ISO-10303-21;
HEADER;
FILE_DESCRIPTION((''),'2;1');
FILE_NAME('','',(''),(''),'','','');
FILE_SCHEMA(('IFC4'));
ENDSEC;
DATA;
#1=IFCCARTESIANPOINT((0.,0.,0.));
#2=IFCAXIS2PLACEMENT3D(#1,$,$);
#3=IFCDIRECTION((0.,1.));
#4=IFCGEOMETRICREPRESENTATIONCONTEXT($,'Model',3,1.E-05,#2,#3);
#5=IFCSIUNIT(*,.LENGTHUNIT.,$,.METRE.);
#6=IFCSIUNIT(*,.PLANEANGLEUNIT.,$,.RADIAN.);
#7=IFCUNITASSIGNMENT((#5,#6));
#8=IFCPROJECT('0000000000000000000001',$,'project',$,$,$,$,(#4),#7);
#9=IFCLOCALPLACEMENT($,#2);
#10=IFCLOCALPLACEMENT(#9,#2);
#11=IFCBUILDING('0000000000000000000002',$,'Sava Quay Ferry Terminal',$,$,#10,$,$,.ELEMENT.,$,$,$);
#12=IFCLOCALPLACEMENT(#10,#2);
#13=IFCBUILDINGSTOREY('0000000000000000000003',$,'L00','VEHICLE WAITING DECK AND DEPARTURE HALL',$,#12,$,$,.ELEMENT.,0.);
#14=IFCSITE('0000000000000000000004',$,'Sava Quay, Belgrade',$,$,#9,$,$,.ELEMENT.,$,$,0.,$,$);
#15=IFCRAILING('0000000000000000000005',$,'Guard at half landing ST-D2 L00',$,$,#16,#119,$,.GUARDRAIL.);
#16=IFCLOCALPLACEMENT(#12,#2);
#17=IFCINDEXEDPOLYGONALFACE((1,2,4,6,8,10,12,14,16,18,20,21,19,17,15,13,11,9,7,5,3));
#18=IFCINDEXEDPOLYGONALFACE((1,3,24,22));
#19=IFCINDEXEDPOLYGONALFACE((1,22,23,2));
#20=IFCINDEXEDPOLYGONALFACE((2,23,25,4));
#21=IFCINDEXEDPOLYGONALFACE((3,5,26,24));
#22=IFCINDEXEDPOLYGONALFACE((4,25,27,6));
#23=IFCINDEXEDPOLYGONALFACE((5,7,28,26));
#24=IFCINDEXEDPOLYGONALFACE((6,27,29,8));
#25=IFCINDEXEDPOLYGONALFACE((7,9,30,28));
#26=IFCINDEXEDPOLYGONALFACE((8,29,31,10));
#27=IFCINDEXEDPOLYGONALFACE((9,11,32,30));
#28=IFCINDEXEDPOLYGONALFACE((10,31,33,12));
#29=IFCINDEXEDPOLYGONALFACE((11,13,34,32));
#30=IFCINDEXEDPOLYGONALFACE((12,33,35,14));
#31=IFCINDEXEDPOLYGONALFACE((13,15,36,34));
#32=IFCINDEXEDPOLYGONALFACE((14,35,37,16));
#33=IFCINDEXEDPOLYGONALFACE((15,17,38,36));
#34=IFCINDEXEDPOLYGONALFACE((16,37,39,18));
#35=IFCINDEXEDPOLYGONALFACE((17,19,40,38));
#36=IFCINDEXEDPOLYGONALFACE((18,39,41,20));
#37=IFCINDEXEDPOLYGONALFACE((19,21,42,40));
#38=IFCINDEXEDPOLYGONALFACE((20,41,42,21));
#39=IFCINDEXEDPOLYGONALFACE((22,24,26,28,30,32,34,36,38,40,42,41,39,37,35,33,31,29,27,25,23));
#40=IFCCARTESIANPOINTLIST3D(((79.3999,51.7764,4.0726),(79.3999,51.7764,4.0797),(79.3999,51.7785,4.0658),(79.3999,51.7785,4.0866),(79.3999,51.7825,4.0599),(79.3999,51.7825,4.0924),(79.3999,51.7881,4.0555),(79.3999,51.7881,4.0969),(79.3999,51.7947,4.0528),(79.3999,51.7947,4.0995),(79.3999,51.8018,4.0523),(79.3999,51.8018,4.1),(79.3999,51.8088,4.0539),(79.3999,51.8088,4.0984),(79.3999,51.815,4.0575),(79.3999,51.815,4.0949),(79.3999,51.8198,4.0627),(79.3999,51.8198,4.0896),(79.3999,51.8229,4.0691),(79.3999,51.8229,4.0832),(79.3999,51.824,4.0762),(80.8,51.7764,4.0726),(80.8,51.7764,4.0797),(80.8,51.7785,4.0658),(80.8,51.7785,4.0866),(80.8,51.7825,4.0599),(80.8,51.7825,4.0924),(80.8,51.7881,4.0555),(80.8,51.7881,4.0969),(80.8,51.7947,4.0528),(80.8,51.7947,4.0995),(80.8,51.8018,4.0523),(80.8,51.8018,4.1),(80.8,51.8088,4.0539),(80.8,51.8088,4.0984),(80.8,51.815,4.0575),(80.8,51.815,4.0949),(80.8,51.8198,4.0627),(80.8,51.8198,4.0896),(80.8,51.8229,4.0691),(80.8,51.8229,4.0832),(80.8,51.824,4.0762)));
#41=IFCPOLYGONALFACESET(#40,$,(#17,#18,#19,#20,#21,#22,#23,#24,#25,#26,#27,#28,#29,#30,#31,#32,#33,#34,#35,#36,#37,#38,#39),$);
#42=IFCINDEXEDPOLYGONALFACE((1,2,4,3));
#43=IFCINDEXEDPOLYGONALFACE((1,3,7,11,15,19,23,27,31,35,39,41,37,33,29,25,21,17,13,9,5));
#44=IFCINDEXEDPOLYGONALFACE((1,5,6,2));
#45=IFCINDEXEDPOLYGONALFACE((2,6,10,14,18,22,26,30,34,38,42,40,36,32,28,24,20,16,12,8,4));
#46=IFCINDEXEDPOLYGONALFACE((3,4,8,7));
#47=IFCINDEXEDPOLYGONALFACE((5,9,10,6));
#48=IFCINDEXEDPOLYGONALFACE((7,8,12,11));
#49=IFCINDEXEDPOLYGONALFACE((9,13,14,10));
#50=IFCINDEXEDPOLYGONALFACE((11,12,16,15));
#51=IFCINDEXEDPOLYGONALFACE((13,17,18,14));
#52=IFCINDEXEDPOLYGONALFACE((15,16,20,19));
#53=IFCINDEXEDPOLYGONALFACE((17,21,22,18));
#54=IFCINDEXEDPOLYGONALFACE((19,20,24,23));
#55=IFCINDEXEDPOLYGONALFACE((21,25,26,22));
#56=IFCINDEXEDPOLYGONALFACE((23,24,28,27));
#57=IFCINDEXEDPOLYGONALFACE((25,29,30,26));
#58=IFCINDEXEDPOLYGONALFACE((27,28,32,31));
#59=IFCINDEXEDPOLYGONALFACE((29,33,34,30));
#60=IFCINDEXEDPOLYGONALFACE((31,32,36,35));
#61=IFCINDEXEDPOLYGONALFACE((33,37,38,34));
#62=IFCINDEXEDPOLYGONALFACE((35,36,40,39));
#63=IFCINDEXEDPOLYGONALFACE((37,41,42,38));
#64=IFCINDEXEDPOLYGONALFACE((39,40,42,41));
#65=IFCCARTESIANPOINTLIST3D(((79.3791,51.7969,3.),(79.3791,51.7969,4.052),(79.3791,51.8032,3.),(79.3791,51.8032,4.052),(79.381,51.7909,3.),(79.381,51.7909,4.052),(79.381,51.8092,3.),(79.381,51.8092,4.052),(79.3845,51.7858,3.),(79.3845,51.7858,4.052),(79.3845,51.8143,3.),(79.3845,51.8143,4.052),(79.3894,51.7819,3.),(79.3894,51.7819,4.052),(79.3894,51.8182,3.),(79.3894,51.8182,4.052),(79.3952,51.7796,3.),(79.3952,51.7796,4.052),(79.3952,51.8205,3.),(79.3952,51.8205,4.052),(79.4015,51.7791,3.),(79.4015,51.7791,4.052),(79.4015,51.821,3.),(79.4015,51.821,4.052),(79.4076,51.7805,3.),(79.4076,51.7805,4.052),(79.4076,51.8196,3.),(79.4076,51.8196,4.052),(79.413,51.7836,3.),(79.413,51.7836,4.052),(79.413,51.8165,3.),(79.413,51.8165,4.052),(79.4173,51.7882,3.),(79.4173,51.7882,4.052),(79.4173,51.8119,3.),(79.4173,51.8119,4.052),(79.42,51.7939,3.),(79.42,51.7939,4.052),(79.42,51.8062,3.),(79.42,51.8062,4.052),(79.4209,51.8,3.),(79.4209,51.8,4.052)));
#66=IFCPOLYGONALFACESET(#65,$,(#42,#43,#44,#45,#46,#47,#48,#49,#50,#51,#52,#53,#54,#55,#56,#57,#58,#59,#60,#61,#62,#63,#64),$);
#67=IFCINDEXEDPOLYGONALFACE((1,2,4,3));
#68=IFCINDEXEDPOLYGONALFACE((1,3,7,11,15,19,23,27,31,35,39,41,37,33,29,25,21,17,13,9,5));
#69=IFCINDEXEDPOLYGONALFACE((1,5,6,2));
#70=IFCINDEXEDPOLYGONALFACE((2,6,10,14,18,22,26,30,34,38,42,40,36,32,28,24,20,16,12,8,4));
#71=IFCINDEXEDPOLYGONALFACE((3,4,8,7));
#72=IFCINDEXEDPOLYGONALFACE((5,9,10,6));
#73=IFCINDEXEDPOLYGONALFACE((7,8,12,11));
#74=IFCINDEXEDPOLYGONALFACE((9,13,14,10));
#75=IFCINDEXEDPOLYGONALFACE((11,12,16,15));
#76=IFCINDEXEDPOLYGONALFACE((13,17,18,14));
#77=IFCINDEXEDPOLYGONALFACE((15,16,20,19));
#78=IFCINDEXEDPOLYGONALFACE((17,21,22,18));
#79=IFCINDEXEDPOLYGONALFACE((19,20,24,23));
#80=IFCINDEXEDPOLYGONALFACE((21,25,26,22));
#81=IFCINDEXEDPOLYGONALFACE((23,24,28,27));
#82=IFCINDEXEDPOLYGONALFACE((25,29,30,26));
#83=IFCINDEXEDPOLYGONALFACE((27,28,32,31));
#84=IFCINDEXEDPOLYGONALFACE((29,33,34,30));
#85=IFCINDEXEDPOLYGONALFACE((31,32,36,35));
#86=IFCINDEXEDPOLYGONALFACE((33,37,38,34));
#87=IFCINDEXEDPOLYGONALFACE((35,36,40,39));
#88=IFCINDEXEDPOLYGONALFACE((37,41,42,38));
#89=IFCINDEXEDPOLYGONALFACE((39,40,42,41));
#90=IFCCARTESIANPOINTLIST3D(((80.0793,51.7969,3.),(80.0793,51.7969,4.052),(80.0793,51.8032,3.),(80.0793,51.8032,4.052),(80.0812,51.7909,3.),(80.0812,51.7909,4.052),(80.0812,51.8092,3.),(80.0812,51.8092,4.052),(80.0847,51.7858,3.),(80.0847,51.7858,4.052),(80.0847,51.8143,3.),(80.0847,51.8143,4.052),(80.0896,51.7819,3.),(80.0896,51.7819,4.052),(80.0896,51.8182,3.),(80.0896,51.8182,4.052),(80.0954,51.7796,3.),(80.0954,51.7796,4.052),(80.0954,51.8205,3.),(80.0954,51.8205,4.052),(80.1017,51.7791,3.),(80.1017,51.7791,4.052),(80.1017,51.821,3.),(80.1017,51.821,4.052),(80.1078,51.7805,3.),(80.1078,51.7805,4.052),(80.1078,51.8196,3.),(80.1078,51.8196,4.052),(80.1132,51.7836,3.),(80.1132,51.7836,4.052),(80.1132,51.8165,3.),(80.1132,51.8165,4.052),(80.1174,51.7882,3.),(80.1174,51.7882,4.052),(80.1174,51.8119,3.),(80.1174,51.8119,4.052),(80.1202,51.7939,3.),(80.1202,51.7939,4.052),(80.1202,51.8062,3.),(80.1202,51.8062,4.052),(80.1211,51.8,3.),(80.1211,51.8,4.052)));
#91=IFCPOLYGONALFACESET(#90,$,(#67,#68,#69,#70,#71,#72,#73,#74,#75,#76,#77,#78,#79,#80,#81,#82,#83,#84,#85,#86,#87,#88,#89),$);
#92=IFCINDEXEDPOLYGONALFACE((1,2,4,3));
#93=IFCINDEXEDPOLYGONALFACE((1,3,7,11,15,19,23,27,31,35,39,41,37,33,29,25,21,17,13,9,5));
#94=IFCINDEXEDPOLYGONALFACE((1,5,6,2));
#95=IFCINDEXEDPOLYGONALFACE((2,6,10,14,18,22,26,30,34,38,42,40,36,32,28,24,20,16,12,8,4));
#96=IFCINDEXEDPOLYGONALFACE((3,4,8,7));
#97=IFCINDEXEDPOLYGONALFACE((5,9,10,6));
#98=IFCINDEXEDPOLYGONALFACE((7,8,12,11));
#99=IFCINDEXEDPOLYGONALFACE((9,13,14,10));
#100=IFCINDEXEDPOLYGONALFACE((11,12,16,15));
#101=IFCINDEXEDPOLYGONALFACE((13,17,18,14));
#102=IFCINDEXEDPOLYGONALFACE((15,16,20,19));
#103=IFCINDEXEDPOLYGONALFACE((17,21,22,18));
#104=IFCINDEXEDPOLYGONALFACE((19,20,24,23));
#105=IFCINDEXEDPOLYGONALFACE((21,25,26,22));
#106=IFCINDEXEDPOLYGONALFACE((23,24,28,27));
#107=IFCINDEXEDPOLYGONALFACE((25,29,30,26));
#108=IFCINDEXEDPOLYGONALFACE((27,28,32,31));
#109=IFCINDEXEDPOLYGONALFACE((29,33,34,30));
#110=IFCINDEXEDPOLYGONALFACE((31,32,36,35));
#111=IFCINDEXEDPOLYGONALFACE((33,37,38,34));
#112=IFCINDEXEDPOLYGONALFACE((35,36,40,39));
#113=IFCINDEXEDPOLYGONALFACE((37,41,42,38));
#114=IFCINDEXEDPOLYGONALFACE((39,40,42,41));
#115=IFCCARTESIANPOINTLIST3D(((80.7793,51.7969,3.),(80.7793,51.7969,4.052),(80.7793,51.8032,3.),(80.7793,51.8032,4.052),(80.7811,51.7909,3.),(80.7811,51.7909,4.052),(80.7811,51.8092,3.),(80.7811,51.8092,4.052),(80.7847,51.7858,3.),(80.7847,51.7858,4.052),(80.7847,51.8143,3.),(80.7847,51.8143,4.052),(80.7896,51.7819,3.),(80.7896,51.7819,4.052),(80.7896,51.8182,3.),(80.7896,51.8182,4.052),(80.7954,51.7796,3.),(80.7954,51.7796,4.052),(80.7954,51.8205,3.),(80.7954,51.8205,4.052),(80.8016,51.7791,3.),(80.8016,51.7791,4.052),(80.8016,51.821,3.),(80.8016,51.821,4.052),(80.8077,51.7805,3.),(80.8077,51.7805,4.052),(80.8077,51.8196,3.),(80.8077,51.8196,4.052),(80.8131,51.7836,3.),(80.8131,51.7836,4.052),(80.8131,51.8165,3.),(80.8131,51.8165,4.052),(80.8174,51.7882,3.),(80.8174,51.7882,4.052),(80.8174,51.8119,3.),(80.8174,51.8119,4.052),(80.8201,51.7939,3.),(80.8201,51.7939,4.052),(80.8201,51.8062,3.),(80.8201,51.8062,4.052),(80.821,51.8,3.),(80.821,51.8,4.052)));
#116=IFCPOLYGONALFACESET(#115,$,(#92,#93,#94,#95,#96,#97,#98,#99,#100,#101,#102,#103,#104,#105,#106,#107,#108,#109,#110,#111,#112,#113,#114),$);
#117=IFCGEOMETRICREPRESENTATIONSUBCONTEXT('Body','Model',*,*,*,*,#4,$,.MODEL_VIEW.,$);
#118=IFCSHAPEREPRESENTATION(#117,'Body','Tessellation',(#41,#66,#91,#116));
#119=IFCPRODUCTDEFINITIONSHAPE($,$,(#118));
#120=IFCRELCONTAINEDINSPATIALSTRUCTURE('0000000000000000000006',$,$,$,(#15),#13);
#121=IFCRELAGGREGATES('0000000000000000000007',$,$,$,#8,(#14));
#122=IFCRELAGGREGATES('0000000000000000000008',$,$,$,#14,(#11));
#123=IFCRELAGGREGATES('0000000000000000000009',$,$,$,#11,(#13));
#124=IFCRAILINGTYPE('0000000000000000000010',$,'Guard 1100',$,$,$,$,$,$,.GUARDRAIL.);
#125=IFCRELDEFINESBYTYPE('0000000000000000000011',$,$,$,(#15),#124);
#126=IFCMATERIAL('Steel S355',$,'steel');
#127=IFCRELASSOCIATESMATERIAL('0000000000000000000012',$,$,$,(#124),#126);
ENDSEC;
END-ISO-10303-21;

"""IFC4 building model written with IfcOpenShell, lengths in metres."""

from ifc_helpers import new_model, si_unit, direction, frame, origin, origin_2d, place, context, subcontext, project, spatial, circle, extrude, material, type_object, element, save


model = new_model("IFC4")

# Units and contexts
model_context = context("Model", 3, precision=1e-05, world=origin(), true_north=direction((0.0, 1.0)))
body_context = subcontext(model_context, "Body", "Model", "MODEL_VIEW")
ifc_project = project(units=[si_unit("LENGTHUNIT", "METRE"), si_unit("PLANEANGLEUNIT", "RADIAN")], contexts=[model_context])

# Site, building, storey
site_placement = place(None, origin())
site = spatial("IfcSite", under=ifc_project, at=site_placement, Name="Sava Quay, Belgrade", CompositionType="ELEMENT", RefElevation=0.0)
building_placement = place(site_placement, origin())
building = spatial("IfcBuilding", under=site, at=building_placement, Name="Sava Quay Ferry Terminal", CompositionType="ELEMENT")
storey_placement = place(building_placement, origin())
storey = spatial("IfcBuildingStorey", under=building, at=storey_placement, Name="L00", Description="VEHICLE WAITING DECK AND DEPARTURE HALL", CompositionType="ELEMENT", Elevation=0.0)

# Railing
ifc_material_1 = material(Name="Steel S355", Category="steel")
railing_type_1 = type_object("IfcRailingType", Name="Guard 1100", PredefinedType="GUARDRAIL", material=ifc_material_1)
railing_1_placement = place(storey_placement, frame((79.3999, 51.8, 3.0)))
element("IfcRailing", 1, at=railing_1_placement, inside=storey, type_object=railing_type_1, Name="Guard at half landing ST-D2 L00", PredefinedType="GUARDRAIL", context=body_context, shape_type="SweptSolid", body=[
    extrude(circle(Radius=0.0239, at=origin_2d()), frame((0.0, 0.0, 1.0762), z_axis=(1.0, 0.0, 0.0), x_axis=(0.0, 1.0, 0.0)), (0.0, 0.0, 1.0), 1.4001),
    extrude(circle(Radius=0.021, at=origin_2d()), origin(), (0.0, 0.0, 1.0), 1.052),
    extrude(circle(Radius=0.021, at=origin_2d()), frame((0.7002, 0.0, 0.0)), (0.0, 0.0, 1.0), 1.052),
    extrude(circle(Radius=0.021, at=origin_2d()), frame((1.4001, 0.0, 0.0)), (0.0, 0.0, 1.0), 1.052),
])

save(model, "model.ifc")
